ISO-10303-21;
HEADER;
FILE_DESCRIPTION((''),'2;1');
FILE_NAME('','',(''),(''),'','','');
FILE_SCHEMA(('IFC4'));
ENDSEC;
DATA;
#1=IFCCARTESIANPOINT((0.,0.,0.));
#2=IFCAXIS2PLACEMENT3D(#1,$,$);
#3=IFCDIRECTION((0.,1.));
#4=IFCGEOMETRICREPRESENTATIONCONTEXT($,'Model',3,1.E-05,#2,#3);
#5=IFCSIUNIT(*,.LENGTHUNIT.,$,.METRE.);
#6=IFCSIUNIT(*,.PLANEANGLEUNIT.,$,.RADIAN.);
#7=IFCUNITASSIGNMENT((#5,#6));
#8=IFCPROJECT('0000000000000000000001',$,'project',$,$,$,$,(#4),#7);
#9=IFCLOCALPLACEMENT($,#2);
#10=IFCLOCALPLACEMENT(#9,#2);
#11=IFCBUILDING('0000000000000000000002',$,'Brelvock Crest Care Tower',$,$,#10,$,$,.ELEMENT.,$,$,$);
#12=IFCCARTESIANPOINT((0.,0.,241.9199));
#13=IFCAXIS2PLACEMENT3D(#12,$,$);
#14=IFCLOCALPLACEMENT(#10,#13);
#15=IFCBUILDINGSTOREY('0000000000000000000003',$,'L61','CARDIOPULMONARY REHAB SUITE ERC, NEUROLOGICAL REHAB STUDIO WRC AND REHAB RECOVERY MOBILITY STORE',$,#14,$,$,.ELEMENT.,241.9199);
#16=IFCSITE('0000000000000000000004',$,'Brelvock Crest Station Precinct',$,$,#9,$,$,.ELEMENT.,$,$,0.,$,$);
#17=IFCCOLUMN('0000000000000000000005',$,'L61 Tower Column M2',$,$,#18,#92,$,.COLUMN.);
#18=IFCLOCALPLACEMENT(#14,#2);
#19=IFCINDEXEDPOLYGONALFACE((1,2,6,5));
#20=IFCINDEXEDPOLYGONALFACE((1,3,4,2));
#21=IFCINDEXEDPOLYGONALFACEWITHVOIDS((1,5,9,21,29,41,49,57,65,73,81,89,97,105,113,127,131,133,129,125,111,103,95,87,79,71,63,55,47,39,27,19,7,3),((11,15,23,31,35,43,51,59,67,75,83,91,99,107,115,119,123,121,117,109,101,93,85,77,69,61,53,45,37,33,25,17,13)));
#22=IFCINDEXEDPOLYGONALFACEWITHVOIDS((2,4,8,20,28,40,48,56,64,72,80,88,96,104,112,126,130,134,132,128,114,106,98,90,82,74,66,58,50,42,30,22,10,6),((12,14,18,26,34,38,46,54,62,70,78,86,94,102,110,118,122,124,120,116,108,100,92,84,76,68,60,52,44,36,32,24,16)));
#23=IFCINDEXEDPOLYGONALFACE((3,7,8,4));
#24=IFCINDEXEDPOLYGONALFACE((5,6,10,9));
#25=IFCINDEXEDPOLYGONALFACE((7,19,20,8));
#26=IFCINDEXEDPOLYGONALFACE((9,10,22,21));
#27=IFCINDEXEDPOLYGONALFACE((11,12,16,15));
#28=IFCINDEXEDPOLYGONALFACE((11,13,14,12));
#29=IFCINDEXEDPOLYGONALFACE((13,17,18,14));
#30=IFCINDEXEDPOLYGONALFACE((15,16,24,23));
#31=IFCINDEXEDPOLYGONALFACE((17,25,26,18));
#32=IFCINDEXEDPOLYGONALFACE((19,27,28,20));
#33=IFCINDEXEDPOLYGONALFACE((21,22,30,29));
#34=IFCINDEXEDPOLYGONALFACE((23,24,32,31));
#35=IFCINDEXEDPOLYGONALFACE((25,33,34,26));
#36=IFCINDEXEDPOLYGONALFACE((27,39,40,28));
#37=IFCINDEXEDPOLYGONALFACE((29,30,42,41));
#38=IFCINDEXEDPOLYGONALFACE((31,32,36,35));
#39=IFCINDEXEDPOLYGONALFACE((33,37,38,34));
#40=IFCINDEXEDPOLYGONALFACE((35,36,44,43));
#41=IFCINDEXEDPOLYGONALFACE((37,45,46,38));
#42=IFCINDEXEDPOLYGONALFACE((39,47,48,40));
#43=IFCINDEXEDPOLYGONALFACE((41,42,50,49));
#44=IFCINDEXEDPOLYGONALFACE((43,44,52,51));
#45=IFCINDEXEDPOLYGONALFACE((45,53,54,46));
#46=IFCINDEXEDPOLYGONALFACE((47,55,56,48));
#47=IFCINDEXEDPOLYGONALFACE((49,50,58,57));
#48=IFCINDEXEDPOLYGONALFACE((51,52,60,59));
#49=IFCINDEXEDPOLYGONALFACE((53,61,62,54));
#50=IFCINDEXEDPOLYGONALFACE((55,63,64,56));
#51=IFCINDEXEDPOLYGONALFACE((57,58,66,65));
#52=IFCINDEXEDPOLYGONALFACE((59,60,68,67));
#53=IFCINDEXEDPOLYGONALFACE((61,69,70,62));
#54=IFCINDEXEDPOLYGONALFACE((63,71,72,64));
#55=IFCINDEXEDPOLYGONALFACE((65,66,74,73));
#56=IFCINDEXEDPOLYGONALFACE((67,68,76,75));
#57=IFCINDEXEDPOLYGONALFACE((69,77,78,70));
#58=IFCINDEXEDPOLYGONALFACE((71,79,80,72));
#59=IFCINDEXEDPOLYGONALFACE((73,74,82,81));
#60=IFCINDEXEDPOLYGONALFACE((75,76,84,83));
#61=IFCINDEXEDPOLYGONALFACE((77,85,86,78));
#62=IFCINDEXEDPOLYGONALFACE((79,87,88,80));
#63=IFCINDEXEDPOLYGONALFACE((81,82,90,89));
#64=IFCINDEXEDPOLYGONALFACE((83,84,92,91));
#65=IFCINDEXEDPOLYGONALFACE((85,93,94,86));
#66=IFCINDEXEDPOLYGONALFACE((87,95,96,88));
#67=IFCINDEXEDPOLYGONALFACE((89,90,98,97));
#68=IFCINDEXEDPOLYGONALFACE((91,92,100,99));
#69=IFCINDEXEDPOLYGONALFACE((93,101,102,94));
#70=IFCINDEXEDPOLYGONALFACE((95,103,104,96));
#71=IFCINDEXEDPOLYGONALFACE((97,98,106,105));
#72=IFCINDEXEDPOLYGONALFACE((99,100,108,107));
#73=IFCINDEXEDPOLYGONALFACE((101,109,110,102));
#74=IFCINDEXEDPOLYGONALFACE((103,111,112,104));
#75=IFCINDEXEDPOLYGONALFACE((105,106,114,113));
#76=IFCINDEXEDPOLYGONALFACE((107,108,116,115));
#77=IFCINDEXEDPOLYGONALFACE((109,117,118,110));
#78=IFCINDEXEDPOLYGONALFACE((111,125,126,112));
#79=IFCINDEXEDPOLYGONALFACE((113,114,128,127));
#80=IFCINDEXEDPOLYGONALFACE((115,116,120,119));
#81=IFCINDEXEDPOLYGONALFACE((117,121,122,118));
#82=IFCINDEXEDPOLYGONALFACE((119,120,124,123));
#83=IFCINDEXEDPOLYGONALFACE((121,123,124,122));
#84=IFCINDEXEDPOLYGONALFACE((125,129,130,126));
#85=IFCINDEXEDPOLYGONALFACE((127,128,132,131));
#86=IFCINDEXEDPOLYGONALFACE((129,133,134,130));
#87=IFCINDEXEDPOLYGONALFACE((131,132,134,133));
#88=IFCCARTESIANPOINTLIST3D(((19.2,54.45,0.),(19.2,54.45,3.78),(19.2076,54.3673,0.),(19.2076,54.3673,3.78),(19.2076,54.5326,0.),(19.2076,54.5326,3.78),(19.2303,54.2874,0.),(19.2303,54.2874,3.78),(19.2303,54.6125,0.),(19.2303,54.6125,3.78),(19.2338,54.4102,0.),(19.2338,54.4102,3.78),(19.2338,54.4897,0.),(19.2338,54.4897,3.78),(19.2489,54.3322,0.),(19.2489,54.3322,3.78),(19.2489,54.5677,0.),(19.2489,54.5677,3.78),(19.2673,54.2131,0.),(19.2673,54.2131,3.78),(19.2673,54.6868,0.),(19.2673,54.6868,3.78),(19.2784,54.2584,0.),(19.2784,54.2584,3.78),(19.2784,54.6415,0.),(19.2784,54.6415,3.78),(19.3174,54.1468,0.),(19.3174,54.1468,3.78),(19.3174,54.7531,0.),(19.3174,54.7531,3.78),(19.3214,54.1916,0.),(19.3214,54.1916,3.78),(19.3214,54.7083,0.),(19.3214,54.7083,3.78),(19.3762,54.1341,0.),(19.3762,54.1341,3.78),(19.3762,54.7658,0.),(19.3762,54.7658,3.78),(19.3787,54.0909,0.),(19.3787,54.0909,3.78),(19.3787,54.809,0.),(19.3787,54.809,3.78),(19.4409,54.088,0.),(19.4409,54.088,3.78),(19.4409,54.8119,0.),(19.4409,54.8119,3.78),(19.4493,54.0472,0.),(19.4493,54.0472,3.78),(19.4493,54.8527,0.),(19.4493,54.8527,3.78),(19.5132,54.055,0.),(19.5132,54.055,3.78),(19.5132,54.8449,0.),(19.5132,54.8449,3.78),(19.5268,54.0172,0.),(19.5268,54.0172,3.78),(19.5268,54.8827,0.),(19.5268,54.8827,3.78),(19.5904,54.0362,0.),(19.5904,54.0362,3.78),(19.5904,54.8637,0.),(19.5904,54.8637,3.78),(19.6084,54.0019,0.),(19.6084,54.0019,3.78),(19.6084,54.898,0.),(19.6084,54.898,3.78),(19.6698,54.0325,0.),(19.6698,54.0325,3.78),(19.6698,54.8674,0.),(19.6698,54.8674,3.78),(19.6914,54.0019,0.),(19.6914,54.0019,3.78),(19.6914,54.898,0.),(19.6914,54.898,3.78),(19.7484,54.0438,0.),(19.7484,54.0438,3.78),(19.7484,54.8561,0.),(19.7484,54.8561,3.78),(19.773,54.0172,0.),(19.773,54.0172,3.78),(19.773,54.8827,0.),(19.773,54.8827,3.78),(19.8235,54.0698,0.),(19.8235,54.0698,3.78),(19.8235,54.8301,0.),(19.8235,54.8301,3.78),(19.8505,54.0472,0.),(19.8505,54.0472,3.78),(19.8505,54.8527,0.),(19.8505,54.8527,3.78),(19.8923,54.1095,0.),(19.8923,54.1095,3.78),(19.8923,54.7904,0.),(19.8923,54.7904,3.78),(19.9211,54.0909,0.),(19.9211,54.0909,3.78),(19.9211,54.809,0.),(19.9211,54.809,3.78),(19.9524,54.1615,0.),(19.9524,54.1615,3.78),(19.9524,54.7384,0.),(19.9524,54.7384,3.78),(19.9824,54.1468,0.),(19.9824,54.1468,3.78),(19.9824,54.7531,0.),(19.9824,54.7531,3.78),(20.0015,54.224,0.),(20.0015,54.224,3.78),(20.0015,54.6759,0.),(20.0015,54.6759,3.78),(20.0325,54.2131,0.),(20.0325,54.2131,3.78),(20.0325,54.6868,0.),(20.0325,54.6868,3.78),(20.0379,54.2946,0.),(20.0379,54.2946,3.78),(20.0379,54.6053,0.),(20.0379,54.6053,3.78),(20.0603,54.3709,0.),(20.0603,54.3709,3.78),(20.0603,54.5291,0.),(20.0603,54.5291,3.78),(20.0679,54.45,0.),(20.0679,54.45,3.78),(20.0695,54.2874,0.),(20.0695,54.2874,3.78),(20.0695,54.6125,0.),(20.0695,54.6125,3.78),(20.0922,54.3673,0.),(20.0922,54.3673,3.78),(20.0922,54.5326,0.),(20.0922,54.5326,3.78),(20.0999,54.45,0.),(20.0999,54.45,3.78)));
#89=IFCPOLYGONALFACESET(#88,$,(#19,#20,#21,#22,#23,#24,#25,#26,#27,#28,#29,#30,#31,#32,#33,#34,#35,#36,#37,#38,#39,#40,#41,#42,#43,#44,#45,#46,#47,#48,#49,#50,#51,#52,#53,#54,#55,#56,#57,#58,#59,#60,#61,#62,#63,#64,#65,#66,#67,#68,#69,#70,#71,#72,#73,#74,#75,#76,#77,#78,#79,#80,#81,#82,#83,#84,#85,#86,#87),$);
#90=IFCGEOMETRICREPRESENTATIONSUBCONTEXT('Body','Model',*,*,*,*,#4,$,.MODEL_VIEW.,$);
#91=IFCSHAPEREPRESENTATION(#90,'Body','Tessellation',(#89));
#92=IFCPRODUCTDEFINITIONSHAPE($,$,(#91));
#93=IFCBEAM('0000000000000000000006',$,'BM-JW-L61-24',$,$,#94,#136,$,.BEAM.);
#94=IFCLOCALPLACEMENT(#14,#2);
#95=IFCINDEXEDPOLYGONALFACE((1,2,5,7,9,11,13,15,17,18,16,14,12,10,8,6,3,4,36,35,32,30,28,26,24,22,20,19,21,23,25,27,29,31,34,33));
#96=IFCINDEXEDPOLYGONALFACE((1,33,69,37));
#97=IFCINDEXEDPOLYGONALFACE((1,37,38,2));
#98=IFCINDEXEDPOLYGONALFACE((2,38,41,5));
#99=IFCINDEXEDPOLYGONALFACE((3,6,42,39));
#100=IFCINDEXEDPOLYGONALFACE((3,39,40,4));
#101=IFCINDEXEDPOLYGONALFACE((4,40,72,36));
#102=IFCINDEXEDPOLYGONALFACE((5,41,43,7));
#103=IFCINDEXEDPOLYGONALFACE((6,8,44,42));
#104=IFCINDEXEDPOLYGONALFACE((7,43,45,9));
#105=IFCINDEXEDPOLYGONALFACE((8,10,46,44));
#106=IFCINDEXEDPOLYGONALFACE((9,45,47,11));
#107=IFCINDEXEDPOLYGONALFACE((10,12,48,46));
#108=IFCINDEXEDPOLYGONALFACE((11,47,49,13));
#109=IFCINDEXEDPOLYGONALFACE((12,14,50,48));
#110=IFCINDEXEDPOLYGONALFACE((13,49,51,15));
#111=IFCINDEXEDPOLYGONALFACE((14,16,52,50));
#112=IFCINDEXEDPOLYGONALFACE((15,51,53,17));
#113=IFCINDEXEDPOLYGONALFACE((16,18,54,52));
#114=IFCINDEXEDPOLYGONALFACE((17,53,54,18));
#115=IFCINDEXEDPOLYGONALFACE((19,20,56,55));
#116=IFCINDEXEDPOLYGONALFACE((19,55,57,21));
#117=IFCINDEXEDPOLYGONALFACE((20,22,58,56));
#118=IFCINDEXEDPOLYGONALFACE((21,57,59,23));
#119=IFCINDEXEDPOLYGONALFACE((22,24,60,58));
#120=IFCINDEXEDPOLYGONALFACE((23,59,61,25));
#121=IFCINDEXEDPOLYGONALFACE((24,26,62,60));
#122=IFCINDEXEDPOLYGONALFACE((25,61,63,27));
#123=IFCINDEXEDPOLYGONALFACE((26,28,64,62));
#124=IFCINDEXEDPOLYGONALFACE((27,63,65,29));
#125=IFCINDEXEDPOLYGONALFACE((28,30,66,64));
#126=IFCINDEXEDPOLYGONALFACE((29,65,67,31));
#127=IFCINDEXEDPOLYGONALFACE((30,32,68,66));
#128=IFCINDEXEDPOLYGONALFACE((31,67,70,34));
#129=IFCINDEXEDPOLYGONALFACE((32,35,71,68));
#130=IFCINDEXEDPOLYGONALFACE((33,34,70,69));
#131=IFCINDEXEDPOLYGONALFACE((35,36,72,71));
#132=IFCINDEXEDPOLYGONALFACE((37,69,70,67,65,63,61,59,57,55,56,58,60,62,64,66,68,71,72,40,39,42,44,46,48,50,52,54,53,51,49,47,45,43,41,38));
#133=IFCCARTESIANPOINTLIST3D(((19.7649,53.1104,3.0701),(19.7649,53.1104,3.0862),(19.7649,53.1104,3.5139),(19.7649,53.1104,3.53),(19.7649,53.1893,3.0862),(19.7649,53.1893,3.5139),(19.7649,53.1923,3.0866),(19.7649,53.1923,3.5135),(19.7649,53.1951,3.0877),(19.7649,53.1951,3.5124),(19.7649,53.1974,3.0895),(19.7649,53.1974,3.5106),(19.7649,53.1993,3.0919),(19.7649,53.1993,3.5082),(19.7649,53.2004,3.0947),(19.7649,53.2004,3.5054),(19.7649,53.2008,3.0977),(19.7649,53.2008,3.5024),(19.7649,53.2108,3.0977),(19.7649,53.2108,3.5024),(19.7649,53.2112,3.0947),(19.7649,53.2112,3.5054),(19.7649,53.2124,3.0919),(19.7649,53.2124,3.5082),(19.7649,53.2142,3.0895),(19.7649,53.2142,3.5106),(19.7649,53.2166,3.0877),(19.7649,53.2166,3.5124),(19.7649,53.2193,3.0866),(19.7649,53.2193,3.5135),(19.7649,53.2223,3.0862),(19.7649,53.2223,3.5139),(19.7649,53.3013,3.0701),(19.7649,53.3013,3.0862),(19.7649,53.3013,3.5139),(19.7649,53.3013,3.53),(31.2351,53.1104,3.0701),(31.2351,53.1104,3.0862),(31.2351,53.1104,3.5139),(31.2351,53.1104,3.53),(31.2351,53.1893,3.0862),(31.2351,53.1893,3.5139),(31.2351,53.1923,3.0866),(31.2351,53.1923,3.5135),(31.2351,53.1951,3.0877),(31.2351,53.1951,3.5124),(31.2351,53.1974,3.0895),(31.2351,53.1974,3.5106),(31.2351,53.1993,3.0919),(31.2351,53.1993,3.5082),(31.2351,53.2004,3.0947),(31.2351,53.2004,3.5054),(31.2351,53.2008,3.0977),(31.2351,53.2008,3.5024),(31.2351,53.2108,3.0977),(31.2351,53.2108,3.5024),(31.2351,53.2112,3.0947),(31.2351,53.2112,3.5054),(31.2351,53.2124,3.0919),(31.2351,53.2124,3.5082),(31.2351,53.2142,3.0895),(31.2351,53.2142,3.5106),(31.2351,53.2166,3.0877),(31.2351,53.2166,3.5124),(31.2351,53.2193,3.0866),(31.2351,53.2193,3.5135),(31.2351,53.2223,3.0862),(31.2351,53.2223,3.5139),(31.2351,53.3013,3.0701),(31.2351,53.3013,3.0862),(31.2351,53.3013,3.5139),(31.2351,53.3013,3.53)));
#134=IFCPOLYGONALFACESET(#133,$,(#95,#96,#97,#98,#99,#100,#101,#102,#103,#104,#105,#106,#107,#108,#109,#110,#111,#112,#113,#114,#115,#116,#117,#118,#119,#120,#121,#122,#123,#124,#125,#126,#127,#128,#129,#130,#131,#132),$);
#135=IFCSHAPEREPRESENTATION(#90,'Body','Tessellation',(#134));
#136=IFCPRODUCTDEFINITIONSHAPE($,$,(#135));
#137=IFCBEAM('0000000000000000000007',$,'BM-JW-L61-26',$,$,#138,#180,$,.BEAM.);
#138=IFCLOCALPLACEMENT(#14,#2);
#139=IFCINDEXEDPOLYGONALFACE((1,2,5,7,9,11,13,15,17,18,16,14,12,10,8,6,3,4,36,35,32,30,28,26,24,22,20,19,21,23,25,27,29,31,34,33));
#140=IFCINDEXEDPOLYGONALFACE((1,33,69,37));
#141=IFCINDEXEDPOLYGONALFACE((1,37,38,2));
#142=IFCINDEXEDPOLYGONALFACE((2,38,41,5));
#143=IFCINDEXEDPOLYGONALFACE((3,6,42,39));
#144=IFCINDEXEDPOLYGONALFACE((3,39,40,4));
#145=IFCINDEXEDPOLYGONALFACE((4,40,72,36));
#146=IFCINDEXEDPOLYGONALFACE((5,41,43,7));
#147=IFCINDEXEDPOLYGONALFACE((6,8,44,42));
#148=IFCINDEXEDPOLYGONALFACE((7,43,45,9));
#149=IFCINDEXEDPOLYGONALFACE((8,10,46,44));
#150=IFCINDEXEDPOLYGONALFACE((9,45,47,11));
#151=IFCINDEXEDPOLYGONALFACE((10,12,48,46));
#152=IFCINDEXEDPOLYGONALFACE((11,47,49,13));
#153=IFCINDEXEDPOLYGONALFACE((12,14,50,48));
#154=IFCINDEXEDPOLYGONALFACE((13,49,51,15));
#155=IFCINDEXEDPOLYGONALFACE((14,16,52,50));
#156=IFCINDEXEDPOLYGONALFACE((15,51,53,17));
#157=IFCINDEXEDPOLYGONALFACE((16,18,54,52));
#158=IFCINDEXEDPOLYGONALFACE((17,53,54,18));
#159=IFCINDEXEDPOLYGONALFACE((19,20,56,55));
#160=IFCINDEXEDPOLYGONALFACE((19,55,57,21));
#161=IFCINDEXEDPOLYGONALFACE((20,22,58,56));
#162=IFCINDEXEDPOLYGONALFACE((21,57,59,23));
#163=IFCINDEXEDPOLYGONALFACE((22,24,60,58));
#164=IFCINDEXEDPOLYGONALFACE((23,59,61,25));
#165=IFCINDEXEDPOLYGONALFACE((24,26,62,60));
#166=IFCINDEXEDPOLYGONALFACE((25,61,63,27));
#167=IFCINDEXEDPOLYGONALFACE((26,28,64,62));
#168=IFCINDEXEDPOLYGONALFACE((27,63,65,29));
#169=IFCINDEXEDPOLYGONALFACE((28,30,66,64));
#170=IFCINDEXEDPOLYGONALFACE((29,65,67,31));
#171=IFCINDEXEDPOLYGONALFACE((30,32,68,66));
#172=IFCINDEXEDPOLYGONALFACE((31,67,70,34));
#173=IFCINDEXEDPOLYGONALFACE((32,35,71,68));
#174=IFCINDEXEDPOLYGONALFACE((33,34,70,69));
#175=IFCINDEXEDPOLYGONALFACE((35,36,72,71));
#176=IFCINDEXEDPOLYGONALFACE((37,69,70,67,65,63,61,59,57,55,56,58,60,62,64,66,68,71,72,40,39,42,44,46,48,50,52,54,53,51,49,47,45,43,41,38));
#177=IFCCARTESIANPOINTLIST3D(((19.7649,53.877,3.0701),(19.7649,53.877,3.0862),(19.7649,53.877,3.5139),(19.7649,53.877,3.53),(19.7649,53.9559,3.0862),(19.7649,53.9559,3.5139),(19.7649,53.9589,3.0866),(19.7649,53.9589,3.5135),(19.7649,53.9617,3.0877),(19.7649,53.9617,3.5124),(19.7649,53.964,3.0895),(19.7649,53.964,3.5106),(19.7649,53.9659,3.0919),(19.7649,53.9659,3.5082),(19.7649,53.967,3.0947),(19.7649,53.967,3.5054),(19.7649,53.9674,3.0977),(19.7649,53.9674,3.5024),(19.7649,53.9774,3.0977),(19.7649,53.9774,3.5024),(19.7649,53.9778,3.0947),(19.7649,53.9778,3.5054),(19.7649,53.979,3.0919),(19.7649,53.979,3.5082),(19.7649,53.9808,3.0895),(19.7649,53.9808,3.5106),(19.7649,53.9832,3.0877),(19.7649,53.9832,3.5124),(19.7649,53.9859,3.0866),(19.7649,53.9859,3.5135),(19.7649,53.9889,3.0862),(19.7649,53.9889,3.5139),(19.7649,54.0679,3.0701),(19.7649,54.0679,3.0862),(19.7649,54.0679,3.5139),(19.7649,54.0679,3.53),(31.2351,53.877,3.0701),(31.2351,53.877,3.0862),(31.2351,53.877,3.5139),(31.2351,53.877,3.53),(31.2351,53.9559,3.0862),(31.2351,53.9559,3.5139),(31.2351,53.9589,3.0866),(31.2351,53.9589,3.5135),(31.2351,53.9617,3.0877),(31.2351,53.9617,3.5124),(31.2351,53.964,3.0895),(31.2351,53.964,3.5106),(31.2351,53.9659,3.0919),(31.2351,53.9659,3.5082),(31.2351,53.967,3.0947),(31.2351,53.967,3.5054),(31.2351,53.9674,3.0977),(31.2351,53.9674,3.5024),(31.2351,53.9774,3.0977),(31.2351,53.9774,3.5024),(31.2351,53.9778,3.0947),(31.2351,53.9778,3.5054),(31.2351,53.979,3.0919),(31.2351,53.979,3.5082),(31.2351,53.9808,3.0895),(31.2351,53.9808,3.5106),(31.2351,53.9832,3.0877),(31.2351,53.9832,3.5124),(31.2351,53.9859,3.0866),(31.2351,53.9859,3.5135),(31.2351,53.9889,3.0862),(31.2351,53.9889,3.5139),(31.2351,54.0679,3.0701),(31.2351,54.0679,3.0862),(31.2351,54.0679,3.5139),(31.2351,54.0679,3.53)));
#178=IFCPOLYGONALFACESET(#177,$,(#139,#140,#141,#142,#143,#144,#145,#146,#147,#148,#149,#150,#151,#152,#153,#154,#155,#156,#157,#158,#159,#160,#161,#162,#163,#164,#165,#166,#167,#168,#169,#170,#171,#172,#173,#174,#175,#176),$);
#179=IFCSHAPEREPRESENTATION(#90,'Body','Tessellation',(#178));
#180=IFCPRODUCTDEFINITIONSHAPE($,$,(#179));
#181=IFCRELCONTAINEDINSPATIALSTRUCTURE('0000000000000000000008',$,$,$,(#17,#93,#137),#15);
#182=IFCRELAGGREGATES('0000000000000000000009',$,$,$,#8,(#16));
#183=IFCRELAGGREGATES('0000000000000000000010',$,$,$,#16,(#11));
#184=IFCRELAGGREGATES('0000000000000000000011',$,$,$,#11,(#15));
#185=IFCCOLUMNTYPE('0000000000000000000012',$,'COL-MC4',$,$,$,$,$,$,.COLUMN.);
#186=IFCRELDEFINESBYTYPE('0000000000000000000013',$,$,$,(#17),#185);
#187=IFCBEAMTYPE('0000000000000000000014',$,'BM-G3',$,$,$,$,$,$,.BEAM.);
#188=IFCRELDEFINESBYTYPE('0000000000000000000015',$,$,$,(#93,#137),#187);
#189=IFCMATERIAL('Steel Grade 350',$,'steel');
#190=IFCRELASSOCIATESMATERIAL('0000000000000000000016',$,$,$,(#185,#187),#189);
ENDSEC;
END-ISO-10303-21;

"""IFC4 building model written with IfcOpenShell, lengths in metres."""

from ifc_helpers import new_model, si_unit, direction, frame, origin, origin_2d, place, context, subcontext, project, spatial, hollow_circle, i_section, extrude, source, transform, mapped, material, material_profile, profile_set, type_object, element, save


model = new_model("IFC4")

# Units and contexts
model_context = context("Model", 3, precision=1e-05, world=origin(), true_north=direction((0.0, 1.0)))
body_context = subcontext(model_context, "Body", "Model", "MODEL_VIEW")
ifc_project = project(units=[si_unit("LENGTHUNIT", "METRE"), si_unit("PLANEANGLEUNIT", "RADIAN")], contexts=[model_context])

# Site, building, storey
site_placement = place(None, origin())
site = spatial("IfcSite", under=ifc_project, at=site_placement, Name="Brelvock Crest Station Precinct", CompositionType="ELEMENT", RefElevation=0.0)
building_placement = place(site_placement, origin())
building = spatial("IfcBuilding", under=site, at=building_placement, Name="Brelvock Crest Care Tower", CompositionType="ELEMENT")
storey_placement = place(building_placement, frame((0.0, 0.0, 241.9199)))
storey = spatial("IfcBuildingStorey", under=building, at=storey_placement, Name="L61", Description="CARDIOPULMONARY REHAB SUITE ERC, NEUROLOGICAL REHAB STUDIO WRC AND REHAB RECOVERY MOBILITY STORE", CompositionType="ELEMENT", Elevation=241.9199)

# Column
ifc_material_1 = material(Name="Steel Grade 350", Category="steel")
ifc_material_profile_1 = material_profile(ifc_material_1, hollow_circle(Radius=0.45, WallThickness=0.032, at=origin_2d()), Name="CFT900x32")
ifc_profile_set_1 = profile_set([ifc_material_profile_1], Name="Steel Grade 350")
column_type = type_object("IfcColumnType", Name="COL-MC4", PredefinedType="COLUMN", material=ifc_profile_set_1)
shared_shape_1 = source(origin(), body_context, "Body", "SweptSolid", [
    extrude(hollow_circle(Radius=0.45, WallThickness=0.032, at=origin_2d()), origin(), (0.0, 0.0, 1.0), 3.78),
])
column_placement = place(storey_placement, frame((19.6499, 54.45, 0.0), z_axis=(0.0, 0.0, 1.0), x_axis=(1.0, 0.0, 0.0)))
element("IfcColumn", 1, at=column_placement, inside=storey, type_object=column_type, Name="L61 Tower Column M2", PredefinedType="COLUMN", context=body_context, shape_type="MappedRepresentation", body=[
    mapped(shared_shape_1, transform((0.0, 0.0, 0.0), x_axis=(1.0, 0.0, 0.0), y_axis=(0.0, 1.0, 0.0), z_axis=(0.0, 0.0, 1.0), scale=1.0)),
])

# Beams
ifc_material_profile_2 = material_profile(ifc_material_1, i_section(OverallWidth=0.1909, OverallDepth=0.46, WebThickness=0.01, FlangeThickness=0.0161, FilletRadius=0.0115, at=origin_2d()), Name="460UB82.1")
ifc_profile_set_2 = profile_set([ifc_material_profile_2], Name="Steel Grade 350")
beam_type_1 = type_object("IfcBeamType", Name="BM-G3", PredefinedType="BEAM", material=ifc_profile_set_2)
shared_shape_2 = source(origin(), body_context, "Body", "SweptSolid", [
    extrude(i_section(OverallWidth=0.1909, OverallDepth=0.46, WebThickness=0.01, FlangeThickness=0.0161, FilletRadius=0.0115, at=origin_2d()), origin(), (0.0, 0.0, 1.0), 11.4702),
])
for number, where, z_axis, x_axis, name in (
    (2, (19.7649, 53.2058, 3.3), (1.0, 0.0, 0.0), (0.0, 1.0, 0.0), "BM-JW-L61-24"),
    (3, (19.7649, 53.9724, 3.3), (1.0, 0.0, 0.0), (0.0, 1.0, 0.0), "BM-JW-L61-26"),
):
    element("IfcBeam", number, at=place(storey_placement, frame(where, z_axis=z_axis, x_axis=x_axis)), inside=storey, type_object=beam_type_1, Name=name, PredefinedType="BEAM", context=body_context, shape_type="MappedRepresentation", body=[
        mapped(shared_shape_2, transform((0.0, 0.0, 0.0), x_axis=(1.0, 0.0, 0.0), y_axis=(0.0, 1.0, 0.0), z_axis=(0.0, 0.0, 1.0), scale=1.0)),
    ])

save(model, "model.ifc")
